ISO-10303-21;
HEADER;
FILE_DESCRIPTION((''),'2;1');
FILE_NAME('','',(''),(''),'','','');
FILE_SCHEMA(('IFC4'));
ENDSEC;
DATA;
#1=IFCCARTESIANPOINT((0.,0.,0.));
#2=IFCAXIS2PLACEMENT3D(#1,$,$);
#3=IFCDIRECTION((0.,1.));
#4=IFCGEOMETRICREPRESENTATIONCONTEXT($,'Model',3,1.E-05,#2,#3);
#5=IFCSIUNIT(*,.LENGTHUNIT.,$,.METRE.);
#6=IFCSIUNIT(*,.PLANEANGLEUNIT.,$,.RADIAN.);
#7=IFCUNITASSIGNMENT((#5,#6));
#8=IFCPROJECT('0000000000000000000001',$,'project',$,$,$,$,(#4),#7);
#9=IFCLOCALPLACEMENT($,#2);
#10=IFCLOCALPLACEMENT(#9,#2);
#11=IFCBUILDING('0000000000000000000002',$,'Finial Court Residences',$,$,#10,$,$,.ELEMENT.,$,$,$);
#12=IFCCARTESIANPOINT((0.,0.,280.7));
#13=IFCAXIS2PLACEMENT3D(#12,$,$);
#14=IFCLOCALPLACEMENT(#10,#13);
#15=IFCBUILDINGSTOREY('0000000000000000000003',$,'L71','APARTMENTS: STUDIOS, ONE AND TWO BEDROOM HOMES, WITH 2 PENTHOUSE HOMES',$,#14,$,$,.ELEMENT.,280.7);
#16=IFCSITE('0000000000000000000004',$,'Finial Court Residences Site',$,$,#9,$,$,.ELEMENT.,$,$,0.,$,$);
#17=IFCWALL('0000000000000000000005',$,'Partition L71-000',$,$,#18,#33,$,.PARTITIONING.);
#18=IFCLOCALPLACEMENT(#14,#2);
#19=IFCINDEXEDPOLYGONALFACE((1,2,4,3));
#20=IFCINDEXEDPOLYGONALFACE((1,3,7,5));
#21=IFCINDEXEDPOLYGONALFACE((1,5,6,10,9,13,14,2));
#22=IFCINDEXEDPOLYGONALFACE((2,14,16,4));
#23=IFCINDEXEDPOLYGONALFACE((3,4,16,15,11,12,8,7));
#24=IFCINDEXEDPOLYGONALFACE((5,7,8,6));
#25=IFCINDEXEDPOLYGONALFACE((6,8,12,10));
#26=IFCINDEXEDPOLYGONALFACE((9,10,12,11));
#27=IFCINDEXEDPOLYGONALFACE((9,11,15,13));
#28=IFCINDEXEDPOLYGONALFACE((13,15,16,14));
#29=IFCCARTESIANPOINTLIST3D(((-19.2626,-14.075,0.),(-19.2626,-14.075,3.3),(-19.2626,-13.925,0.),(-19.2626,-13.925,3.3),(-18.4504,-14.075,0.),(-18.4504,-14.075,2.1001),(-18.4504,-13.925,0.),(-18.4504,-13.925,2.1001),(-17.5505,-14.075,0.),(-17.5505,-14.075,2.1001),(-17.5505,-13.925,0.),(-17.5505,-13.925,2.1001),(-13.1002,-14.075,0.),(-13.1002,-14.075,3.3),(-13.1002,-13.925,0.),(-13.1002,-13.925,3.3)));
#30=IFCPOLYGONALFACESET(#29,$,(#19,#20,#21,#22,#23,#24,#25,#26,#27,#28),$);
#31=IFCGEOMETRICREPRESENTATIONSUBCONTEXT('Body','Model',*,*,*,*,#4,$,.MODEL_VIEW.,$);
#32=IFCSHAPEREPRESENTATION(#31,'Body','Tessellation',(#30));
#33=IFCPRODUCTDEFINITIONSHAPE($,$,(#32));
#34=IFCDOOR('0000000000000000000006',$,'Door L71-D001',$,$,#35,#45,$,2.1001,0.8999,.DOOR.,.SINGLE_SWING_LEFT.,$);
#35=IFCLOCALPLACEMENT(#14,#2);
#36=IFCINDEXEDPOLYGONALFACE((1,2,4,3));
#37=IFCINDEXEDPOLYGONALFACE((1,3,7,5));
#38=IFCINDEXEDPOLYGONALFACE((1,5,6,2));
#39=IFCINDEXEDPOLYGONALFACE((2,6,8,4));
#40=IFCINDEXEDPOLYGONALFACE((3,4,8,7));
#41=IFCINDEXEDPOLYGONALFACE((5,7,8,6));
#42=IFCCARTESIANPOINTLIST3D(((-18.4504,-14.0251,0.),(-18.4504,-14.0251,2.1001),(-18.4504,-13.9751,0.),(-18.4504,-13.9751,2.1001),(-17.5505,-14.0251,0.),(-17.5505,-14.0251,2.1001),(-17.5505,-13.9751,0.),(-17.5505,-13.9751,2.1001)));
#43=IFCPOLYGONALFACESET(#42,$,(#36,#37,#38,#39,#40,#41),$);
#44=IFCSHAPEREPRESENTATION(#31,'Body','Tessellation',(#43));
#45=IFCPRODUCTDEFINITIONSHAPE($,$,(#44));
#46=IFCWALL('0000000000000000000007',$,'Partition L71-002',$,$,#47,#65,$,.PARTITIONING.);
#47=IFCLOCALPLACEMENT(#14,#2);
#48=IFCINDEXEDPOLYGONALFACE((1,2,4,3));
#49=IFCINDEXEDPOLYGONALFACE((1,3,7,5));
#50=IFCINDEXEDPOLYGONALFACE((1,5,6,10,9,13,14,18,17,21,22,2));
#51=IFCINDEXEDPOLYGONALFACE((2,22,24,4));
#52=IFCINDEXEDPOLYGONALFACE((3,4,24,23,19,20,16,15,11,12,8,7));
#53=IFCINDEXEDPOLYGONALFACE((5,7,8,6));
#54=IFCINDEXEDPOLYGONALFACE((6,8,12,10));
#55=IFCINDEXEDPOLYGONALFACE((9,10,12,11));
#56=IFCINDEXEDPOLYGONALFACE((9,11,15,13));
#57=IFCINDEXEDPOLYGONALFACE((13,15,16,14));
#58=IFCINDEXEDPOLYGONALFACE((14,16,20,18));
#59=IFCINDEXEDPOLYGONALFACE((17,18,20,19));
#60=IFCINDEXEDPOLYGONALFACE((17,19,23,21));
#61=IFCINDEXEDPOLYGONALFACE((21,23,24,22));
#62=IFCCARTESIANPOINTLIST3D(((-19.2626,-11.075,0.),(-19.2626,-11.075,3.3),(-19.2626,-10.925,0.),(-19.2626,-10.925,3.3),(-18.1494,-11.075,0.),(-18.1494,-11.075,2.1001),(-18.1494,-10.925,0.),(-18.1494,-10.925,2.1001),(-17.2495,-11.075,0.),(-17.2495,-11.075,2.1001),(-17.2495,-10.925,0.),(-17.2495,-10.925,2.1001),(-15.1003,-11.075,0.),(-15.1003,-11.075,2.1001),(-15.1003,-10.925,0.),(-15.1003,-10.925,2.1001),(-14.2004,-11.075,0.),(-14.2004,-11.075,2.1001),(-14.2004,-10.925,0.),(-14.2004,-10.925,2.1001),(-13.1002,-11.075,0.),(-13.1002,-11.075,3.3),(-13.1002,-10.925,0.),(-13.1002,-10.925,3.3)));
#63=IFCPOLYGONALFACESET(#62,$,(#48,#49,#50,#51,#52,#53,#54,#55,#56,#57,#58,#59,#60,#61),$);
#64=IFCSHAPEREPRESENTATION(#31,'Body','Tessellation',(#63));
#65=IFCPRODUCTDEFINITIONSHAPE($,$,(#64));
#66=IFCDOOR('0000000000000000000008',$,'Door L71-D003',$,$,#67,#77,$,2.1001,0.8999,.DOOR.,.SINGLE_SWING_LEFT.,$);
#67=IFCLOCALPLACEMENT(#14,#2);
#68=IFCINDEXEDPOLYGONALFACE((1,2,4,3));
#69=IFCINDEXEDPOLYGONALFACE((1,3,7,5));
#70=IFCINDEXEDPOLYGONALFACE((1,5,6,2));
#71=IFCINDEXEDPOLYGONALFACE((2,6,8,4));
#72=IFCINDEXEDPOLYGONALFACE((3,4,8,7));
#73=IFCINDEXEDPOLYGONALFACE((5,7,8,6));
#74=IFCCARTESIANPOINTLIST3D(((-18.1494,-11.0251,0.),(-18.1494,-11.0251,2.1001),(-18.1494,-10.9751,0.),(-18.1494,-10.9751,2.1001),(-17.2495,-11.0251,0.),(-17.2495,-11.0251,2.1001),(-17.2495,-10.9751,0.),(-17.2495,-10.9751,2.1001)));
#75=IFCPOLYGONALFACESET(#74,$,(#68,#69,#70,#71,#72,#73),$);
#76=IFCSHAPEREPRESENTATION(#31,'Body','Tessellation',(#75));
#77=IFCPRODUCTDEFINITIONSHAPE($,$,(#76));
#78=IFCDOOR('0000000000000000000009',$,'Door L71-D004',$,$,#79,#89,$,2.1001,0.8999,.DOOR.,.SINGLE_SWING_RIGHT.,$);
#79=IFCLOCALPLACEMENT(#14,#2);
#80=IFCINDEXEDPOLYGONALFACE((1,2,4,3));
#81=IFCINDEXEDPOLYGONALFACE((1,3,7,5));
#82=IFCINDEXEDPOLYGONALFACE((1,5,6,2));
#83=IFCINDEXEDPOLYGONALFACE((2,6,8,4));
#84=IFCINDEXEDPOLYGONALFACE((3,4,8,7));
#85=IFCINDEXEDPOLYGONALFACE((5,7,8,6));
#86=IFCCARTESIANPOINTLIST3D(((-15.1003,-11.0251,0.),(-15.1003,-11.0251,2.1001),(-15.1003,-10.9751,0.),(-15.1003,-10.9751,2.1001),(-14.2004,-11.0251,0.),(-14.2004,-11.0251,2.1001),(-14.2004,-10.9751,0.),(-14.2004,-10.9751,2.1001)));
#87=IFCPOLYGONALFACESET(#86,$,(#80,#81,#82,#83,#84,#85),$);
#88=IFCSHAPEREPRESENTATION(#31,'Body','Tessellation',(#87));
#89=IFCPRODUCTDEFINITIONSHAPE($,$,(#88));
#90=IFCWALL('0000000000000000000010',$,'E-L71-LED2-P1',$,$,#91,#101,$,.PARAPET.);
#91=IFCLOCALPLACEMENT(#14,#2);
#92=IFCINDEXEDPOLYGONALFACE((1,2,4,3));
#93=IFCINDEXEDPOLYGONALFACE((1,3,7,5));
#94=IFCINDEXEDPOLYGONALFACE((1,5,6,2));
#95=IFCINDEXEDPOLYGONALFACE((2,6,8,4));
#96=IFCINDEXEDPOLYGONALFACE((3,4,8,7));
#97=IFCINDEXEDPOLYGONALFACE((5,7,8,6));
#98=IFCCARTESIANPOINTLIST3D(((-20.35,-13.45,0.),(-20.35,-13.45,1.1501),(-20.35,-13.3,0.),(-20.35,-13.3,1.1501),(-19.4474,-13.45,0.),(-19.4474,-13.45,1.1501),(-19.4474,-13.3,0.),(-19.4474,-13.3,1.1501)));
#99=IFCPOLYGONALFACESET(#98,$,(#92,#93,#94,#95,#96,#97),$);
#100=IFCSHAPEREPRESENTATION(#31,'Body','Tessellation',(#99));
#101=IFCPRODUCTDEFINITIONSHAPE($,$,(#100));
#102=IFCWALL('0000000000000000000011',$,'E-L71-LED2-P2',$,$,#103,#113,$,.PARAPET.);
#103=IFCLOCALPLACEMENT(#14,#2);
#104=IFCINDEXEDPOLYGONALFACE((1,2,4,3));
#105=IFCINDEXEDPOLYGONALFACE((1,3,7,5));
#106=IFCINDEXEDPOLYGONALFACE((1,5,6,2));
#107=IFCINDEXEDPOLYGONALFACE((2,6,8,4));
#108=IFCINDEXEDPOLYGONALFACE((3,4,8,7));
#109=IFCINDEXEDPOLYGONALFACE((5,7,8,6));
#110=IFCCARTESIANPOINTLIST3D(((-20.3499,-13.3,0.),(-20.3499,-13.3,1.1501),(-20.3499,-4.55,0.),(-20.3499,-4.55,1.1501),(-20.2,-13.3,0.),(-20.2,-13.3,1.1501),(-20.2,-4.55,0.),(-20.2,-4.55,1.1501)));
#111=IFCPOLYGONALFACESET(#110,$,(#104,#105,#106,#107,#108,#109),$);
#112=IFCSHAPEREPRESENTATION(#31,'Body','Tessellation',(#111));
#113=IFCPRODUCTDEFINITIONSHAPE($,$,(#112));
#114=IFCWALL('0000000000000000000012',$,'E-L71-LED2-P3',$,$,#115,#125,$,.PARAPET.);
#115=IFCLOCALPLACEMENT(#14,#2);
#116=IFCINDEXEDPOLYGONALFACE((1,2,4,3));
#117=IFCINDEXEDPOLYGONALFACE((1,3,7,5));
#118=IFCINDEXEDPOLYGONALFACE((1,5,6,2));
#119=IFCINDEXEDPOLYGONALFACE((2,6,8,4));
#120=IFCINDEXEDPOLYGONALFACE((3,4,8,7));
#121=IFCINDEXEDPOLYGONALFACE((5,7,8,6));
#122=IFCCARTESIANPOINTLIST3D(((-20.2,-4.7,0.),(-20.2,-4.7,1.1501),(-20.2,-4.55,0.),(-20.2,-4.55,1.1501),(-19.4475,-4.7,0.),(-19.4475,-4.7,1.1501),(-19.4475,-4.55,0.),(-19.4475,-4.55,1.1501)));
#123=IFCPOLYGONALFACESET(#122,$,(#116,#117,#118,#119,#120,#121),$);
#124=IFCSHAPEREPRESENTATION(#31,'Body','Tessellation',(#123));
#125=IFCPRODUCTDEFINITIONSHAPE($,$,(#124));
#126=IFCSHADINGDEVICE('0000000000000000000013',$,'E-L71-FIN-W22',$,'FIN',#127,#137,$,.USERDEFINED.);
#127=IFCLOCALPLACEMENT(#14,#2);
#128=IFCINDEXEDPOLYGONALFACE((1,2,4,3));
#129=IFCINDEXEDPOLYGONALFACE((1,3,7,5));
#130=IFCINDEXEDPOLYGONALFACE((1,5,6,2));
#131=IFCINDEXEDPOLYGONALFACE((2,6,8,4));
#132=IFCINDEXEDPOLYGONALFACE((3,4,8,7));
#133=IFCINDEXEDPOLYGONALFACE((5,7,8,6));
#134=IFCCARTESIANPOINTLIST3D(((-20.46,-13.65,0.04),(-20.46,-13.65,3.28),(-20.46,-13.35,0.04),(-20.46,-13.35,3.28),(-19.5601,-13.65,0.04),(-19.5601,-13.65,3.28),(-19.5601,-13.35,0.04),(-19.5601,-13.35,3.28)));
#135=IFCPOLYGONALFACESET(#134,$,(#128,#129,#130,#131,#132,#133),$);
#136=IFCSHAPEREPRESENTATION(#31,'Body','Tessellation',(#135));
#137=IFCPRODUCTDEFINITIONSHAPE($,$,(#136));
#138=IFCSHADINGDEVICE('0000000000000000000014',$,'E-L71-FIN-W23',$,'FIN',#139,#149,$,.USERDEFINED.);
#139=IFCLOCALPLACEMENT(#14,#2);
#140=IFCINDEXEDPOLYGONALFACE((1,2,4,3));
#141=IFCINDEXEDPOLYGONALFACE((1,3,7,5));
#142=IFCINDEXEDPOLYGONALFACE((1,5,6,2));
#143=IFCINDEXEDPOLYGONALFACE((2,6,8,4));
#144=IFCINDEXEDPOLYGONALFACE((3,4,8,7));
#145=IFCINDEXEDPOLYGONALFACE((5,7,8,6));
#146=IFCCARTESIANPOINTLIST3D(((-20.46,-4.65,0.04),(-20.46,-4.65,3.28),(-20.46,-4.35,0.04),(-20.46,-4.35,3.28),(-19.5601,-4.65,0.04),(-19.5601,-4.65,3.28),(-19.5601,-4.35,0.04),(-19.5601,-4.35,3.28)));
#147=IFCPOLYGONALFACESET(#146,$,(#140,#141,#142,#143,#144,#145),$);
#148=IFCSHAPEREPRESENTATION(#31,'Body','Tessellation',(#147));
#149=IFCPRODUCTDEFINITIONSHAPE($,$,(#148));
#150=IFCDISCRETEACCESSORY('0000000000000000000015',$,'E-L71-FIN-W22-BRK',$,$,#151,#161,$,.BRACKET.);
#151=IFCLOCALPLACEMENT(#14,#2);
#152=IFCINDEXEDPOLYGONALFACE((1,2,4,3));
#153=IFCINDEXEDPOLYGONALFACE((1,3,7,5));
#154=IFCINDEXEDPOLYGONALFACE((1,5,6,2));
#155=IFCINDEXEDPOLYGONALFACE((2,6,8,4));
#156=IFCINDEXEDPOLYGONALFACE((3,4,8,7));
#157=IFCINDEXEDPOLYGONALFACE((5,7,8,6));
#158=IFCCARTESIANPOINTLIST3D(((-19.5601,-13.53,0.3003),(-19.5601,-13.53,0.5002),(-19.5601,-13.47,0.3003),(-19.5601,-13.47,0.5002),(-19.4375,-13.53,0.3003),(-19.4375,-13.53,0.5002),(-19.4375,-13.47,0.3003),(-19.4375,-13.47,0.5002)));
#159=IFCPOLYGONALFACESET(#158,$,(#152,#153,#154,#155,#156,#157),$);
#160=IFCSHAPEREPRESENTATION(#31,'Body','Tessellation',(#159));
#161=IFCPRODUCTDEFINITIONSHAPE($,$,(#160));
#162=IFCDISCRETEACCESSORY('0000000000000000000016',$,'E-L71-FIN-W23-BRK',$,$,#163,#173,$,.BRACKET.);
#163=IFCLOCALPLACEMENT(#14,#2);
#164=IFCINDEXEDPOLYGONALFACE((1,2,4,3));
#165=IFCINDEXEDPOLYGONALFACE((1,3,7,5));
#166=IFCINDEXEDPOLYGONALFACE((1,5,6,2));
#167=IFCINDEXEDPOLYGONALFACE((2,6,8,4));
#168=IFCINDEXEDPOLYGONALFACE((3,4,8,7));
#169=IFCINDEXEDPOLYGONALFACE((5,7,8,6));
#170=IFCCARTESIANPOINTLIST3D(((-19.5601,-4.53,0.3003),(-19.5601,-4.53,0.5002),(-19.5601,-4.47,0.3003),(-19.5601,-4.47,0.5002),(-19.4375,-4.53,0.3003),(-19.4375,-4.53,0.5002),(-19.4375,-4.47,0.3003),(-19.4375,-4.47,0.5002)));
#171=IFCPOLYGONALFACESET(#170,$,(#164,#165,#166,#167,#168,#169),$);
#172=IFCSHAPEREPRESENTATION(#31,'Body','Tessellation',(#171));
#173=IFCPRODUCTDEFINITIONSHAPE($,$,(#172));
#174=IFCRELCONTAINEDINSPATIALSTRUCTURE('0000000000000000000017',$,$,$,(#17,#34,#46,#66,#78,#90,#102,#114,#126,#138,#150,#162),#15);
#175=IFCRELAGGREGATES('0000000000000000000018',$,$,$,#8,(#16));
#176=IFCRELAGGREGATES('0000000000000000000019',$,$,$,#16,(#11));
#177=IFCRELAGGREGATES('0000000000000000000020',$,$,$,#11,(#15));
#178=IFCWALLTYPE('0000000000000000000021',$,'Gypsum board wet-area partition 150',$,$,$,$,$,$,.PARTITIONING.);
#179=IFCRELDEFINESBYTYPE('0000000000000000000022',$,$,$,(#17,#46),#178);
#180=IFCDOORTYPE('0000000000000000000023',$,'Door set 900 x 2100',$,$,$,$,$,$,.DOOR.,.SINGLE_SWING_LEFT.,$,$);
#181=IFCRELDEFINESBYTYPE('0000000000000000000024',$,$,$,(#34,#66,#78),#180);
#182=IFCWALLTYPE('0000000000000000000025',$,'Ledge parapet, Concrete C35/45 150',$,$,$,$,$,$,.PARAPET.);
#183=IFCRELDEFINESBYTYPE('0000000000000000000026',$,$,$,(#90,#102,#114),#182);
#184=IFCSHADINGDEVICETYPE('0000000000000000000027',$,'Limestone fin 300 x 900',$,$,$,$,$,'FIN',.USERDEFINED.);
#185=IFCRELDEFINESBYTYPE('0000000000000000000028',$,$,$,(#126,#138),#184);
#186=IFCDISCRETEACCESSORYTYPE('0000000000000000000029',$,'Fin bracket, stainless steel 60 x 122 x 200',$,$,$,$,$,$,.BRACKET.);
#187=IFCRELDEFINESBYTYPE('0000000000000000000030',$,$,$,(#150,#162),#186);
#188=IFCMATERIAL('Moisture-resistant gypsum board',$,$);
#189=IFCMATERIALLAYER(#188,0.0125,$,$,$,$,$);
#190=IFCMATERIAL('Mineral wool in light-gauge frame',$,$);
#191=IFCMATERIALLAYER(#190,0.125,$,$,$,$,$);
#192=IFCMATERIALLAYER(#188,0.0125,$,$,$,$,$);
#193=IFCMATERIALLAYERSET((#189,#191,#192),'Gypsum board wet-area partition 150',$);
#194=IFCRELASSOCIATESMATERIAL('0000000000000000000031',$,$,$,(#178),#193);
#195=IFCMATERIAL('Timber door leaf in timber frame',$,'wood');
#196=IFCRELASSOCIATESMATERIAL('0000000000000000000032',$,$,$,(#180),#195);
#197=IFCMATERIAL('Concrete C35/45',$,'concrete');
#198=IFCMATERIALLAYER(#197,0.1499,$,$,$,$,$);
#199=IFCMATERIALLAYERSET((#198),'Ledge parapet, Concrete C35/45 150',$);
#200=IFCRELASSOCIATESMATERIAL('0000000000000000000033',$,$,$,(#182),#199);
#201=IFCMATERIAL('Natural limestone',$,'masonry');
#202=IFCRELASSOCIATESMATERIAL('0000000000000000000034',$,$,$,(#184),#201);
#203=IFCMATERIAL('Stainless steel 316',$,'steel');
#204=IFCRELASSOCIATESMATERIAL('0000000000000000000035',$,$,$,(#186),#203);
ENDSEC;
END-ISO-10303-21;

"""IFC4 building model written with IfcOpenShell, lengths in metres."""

from ifc_helpers import new_model, si_unit, direction, frame, frame_2d, origin, origin_2d, place, context, subcontext, project, spatial, rectangle, extrude, material, layer, layer_set, type_object, element, fill, save


model = new_model("IFC4")

# Units and contexts
model_context = context("Model", 3, precision=1e-05, world=origin(), true_north=direction((0.0, 1.0)))
body_context = subcontext(model_context, "Body", "Model", "MODEL_VIEW")
ifc_project = project(units=[si_unit("LENGTHUNIT", "METRE"), si_unit("PLANEANGLEUNIT", "RADIAN")], contexts=[model_context])

# Site, building, storey
site_placement = place(None, origin())
site = spatial("IfcSite", under=ifc_project, at=site_placement, Name="Finial Court Residences Site", CompositionType="ELEMENT", RefElevation=0.0)
building_placement = place(site_placement, origin())
building = spatial("IfcBuilding", under=site, at=building_placement, Name="Finial Court Residences", CompositionType="ELEMENT")
storey_placement = place(building_placement, frame((0.0, 0.0, 280.7)))
storey = spatial("IfcBuildingStorey", under=building, at=storey_placement, Name="L71", Description="APARTMENTS: STUDIOS, ONE AND TWO BEDROOM HOMES, WITH 2 PENTHOUSE HOMES", CompositionType="ELEMENT", Elevation=280.7)

# Wall, opening, door
ifc_material_1 = material(Name="Moisture-resistant gypsum board")
ifc_layer_1 = layer(ifc_material_1, 0.0125)
ifc_material_2 = material(Name="Mineral wool in light-gauge frame")
ifc_layer_2 = layer(ifc_material_2, 0.125)
ifc_layer_3 = layer(ifc_material_1, 0.0125)
ifc_layer_set_1 = layer_set([ifc_layer_1, ifc_layer_2, ifc_layer_3], Name="Gypsum board wet-area partition 150")
wall_type_1 = type_object("IfcWallType", Name="Gypsum board wet-area partition 150", PredefinedType="PARTITIONING", material=ifc_layer_set_1)
wall_1_placement = place(storey_placement, frame((-19.2625, -14.0, 0.0), z_axis=(0.0, 0.0, 1.0), x_axis=(1.0, 0.0, 0.0)))
wall_1 = element("IfcWall", 1, at=wall_1_placement, inside=storey, type_object=wall_type_1, Name="Partition L71-000", PredefinedType="PARTITIONING", context=body_context, shape_type="SweptSolid", body=[
    extrude(rectangle(XDim=6.1624, YDim=0.1499, at=frame_2d((3.0811, 0.0))), origin(), (0.0, 0.0, 1.0), 3.3),
])
opening_1_placement = place(wall_1_placement, frame((0.812, 0.0, 0.0)))
opening_1 = element("IfcOpeningElement", 2, at=opening_1_placement, cuts=wall_1, PredefinedType="OPENING", context=body_context, shape_type="SweptSolid", body=[
    extrude(rectangle(XDim=0.8999, YDim=2.1001, at=frame_2d((0.45, 1.05))), frame((0.0, 0.085, 0.0), z_axis=(0.0, -1.0, 0.0), x_axis=(1.0, 0.0, 0.0)), (0.0, 0.0, 1.0), 0.1699),
])
ifc_material_3 = material(Name="Timber door leaf in timber frame", Category="wood")
door_type_1 = type_object("IfcDoorType", Name="Door set 900 x 2100", OperationType="SINGLE_SWING_LEFT", PredefinedType="DOOR", material=ifc_material_3)
door_1_placement = place(opening_1_placement, origin())
door_1 = element("IfcDoor", 3, at=door_1_placement, inside=storey, type_object=door_type_1, Name="Door L71-D001", OperationType="SINGLE_SWING_LEFT", OverallHeight=2.1001, OverallWidth=0.8999, PredefinedType="DOOR", context=body_context, shape_type="SweptSolid", body=[
    extrude(rectangle(XDim=0.8999, YDim=2.1001, at=frame_2d((0.45, 1.05))), frame((0.0, 0.0249, 0.0), z_axis=(0.0, -1.0, 0.0), x_axis=(1.0, 0.0, 0.0)), (0.0, 0.0, 1.0), 0.05),
])
fill(opening_1, door_1)

# Wall, openings, doors
wall_2_placement = place(storey_placement, frame((-19.2625, -11.0, 0.0), z_axis=(0.0, 0.0, 1.0), x_axis=(1.0, 0.0, 0.0)))
wall_2 = element("IfcWall", 4, at=wall_2_placement, inside=storey, type_object=wall_type_1, Name="Partition L71-002", PredefinedType="PARTITIONING", context=body_context, shape_type="SweptSolid", body=[
    extrude(rectangle(XDim=6.1624, YDim=0.1499, at=frame_2d((3.0811, 0.0))), origin(), (0.0, 0.0, 1.0), 3.3),
])
opening_2_placement = place(wall_2_placement, frame((1.113, 0.0, 0.0)))
opening_2 = element("IfcOpeningElement", 5, at=opening_2_placement, cuts=wall_2, PredefinedType="OPENING", context=body_context, shape_type="SweptSolid", body=[
    extrude(rectangle(XDim=0.8999, YDim=2.1001, at=frame_2d((0.45, 1.05))), frame((0.0, 0.085, 0.0), z_axis=(0.0, -1.0, 0.0), x_axis=(1.0, 0.0, 0.0)), (0.0, 0.0, 1.0), 0.1699),
])
opening_3_placement = place(wall_2_placement, frame((4.1621, 0.0, 0.0)))
opening_3 = element("IfcOpeningElement", 6, at=opening_3_placement, cuts=wall_2, PredefinedType="OPENING", context=body_context, shape_type="SweptSolid", body=[
    extrude(rectangle(XDim=0.8999, YDim=2.1001, at=frame_2d((0.45, 1.05))), frame((0.0, 0.085, 0.0), z_axis=(0.0, -1.0, 0.0), x_axis=(1.0, 0.0, 0.0)), (0.0, 0.0, 1.0), 0.1699),
])
door_2_placement = place(opening_2_placement, origin())
door_2 = element("IfcDoor", 7, at=door_2_placement, inside=storey, type_object=door_type_1, Name="Door L71-D003", OperationType="SINGLE_SWING_LEFT", OverallHeight=2.1001, OverallWidth=0.8999, PredefinedType="DOOR", context=body_context, shape_type="SweptSolid", body=[
    extrude(rectangle(XDim=0.8999, YDim=2.1001, at=frame_2d((0.45, 1.05))), frame((0.0, 0.0249, 0.0), z_axis=(0.0, -1.0, 0.0), x_axis=(1.0, 0.0, 0.0)), (0.0, 0.0, 1.0), 0.05),
])
fill(opening_2, door_2)
door_3_placement = place(opening_3_placement, origin())
door_3 = element("IfcDoor", 8, at=door_3_placement, inside=storey, type_object=door_type_1, Name="Door L71-D004", OperationType="SINGLE_SWING_RIGHT", OverallHeight=2.1001, OverallWidth=0.8999, PredefinedType="DOOR", context=body_context, shape_type="SweptSolid", body=[
    extrude(rectangle(XDim=0.8999, YDim=2.1001, at=frame_2d((0.45, 1.05))), frame((0.0, 0.0249, 0.0), z_axis=(0.0, -1.0, 0.0), x_axis=(1.0, 0.0, 0.0)), (0.0, 0.0, 1.0), 0.05),
])
fill(opening_3, door_3)

# Walls
ifc_material_4 = material(Name="Concrete C35/45", Category="concrete")
ifc_layer_4 = layer(ifc_material_4, 0.1499)
ifc_layer_set_2 = layer_set([ifc_layer_4], Name="Ledge parapet, Concrete C35/45 150")
wall_type_2 = type_object("IfcWallType", Name="Ledge parapet, Concrete C35/45 150", PredefinedType="PARAPET", material=ifc_layer_set_2)
wall_3_placement = place(storey_placement, frame((-19.4475, -13.375, 0.0), z_axis=(0.0, 0.0, 1.0), x_axis=(-1.0, 0.0, 0.0)))
element("IfcWall", 9, at=wall_3_placement, inside=storey, type_object=wall_type_2, Name="E-L71-LED2-P1", PredefinedType="PARAPET", context=body_context, shape_type="SweptSolid", body=[
    extrude(rectangle(XDim=0.9026, YDim=0.1499, at=frame_2d((0.4512, 0.0))), origin(), (0.0, 0.0, 1.0), 1.1501),
])
wall_4_placement = place(storey_placement, frame((-20.2749, -13.3, 0.0), z_axis=(0.0, 0.0, 1.0), x_axis=(0.0, 1.0, 0.0)))
element("IfcWall", 10, at=wall_4_placement, inside=storey, type_object=wall_type_2, Name="E-L71-LED2-P2", PredefinedType="PARAPET", context=body_context, shape_type="SweptSolid", body=[
    extrude(rectangle(XDim=8.75, YDim=0.1499, at=frame_2d((4.375, 0.0))), origin(), (0.0, 0.0, 1.0), 1.1501),
])
wall_5_placement = place(storey_placement, frame((-20.2, -4.625, 0.0), z_axis=(0.0, 0.0, 1.0), x_axis=(1.0, 0.0, 0.0)))
element("IfcWall", 11, at=wall_5_placement, inside=storey, type_object=wall_type_2, Name="E-L71-LED2-P3", PredefinedType="PARAPET", context=body_context, shape_type="SweptSolid", body=[
    extrude(rectangle(XDim=0.7524, YDim=0.1499, at=frame_2d((0.3762, 0.0))), origin(), (0.0, 0.0, 1.0), 1.1501),
])

# Shading devices
ifc_material_5 = material(Name="Natural limestone", Category="masonry")
shading_device_type = type_object("IfcShadingDeviceType", Name="Limestone fin 300 x 900", ElementType="FIN", PredefinedType="USERDEFINED", material=ifc_material_5)
for number, where, z_axis, x_axis, name in (
    (12, (-20.01, -13.5, 0.04), (0.0, 0.0, 1.0), (1.0, 0.0, 0.0), "E-L71-FIN-W22"),
    (13, (-20.01, -4.5, 0.04), (0.0, 0.0, 1.0), (1.0, 0.0, 0.0), "E-L71-FIN-W23"),
):
    element("IfcShadingDevice", number, at=place(storey_placement, frame(where, z_axis=z_axis, x_axis=x_axis)), inside=storey, type_object=shading_device_type, Name=name, ObjectType="FIN", PredefinedType="USERDEFINED", context=body_context, shape_type="SweptSolid", body=[
        extrude(rectangle(XDim=0.8999, YDim=0.3, at=origin_2d()), origin(), (0.0, 0.0, 1.0), 3.24),
    ])

# Discrete accessories
ifc_material_6 = material(Name="Stainless steel 316", Category="steel")
discrete_accessory_type = type_object("IfcDiscreteAccessoryType", Name="Fin bracket, stainless steel 60 x 122 x 200", PredefinedType="BRACKET", material=ifc_material_6)
for number, where, z_axis, x_axis, name in (
    (14, (-19.4988, -13.5, 0.3003), (0.0, 0.0, 1.0), (1.0, 0.0, 0.0), "E-L71-FIN-W22-BRK"),
    (15, (-19.4988, -4.5, 0.3003), (0.0, 0.0, 1.0), (1.0, 0.0, 0.0), "E-L71-FIN-W23-BRK"),
):
    element("IfcDiscreteAccessory", number, at=place(storey_placement, frame(where, z_axis=z_axis, x_axis=x_axis)), inside=storey, type_object=discrete_accessory_type, Name=name, PredefinedType="BRACKET", context=body_context, shape_type="SweptSolid", body=[
        extrude(rectangle(XDim=0.1226, YDim=0.0601, at=origin_2d()), origin(), (0.0, 0.0, 1.0), 0.2),
    ])

save(model, "model.ifc")
